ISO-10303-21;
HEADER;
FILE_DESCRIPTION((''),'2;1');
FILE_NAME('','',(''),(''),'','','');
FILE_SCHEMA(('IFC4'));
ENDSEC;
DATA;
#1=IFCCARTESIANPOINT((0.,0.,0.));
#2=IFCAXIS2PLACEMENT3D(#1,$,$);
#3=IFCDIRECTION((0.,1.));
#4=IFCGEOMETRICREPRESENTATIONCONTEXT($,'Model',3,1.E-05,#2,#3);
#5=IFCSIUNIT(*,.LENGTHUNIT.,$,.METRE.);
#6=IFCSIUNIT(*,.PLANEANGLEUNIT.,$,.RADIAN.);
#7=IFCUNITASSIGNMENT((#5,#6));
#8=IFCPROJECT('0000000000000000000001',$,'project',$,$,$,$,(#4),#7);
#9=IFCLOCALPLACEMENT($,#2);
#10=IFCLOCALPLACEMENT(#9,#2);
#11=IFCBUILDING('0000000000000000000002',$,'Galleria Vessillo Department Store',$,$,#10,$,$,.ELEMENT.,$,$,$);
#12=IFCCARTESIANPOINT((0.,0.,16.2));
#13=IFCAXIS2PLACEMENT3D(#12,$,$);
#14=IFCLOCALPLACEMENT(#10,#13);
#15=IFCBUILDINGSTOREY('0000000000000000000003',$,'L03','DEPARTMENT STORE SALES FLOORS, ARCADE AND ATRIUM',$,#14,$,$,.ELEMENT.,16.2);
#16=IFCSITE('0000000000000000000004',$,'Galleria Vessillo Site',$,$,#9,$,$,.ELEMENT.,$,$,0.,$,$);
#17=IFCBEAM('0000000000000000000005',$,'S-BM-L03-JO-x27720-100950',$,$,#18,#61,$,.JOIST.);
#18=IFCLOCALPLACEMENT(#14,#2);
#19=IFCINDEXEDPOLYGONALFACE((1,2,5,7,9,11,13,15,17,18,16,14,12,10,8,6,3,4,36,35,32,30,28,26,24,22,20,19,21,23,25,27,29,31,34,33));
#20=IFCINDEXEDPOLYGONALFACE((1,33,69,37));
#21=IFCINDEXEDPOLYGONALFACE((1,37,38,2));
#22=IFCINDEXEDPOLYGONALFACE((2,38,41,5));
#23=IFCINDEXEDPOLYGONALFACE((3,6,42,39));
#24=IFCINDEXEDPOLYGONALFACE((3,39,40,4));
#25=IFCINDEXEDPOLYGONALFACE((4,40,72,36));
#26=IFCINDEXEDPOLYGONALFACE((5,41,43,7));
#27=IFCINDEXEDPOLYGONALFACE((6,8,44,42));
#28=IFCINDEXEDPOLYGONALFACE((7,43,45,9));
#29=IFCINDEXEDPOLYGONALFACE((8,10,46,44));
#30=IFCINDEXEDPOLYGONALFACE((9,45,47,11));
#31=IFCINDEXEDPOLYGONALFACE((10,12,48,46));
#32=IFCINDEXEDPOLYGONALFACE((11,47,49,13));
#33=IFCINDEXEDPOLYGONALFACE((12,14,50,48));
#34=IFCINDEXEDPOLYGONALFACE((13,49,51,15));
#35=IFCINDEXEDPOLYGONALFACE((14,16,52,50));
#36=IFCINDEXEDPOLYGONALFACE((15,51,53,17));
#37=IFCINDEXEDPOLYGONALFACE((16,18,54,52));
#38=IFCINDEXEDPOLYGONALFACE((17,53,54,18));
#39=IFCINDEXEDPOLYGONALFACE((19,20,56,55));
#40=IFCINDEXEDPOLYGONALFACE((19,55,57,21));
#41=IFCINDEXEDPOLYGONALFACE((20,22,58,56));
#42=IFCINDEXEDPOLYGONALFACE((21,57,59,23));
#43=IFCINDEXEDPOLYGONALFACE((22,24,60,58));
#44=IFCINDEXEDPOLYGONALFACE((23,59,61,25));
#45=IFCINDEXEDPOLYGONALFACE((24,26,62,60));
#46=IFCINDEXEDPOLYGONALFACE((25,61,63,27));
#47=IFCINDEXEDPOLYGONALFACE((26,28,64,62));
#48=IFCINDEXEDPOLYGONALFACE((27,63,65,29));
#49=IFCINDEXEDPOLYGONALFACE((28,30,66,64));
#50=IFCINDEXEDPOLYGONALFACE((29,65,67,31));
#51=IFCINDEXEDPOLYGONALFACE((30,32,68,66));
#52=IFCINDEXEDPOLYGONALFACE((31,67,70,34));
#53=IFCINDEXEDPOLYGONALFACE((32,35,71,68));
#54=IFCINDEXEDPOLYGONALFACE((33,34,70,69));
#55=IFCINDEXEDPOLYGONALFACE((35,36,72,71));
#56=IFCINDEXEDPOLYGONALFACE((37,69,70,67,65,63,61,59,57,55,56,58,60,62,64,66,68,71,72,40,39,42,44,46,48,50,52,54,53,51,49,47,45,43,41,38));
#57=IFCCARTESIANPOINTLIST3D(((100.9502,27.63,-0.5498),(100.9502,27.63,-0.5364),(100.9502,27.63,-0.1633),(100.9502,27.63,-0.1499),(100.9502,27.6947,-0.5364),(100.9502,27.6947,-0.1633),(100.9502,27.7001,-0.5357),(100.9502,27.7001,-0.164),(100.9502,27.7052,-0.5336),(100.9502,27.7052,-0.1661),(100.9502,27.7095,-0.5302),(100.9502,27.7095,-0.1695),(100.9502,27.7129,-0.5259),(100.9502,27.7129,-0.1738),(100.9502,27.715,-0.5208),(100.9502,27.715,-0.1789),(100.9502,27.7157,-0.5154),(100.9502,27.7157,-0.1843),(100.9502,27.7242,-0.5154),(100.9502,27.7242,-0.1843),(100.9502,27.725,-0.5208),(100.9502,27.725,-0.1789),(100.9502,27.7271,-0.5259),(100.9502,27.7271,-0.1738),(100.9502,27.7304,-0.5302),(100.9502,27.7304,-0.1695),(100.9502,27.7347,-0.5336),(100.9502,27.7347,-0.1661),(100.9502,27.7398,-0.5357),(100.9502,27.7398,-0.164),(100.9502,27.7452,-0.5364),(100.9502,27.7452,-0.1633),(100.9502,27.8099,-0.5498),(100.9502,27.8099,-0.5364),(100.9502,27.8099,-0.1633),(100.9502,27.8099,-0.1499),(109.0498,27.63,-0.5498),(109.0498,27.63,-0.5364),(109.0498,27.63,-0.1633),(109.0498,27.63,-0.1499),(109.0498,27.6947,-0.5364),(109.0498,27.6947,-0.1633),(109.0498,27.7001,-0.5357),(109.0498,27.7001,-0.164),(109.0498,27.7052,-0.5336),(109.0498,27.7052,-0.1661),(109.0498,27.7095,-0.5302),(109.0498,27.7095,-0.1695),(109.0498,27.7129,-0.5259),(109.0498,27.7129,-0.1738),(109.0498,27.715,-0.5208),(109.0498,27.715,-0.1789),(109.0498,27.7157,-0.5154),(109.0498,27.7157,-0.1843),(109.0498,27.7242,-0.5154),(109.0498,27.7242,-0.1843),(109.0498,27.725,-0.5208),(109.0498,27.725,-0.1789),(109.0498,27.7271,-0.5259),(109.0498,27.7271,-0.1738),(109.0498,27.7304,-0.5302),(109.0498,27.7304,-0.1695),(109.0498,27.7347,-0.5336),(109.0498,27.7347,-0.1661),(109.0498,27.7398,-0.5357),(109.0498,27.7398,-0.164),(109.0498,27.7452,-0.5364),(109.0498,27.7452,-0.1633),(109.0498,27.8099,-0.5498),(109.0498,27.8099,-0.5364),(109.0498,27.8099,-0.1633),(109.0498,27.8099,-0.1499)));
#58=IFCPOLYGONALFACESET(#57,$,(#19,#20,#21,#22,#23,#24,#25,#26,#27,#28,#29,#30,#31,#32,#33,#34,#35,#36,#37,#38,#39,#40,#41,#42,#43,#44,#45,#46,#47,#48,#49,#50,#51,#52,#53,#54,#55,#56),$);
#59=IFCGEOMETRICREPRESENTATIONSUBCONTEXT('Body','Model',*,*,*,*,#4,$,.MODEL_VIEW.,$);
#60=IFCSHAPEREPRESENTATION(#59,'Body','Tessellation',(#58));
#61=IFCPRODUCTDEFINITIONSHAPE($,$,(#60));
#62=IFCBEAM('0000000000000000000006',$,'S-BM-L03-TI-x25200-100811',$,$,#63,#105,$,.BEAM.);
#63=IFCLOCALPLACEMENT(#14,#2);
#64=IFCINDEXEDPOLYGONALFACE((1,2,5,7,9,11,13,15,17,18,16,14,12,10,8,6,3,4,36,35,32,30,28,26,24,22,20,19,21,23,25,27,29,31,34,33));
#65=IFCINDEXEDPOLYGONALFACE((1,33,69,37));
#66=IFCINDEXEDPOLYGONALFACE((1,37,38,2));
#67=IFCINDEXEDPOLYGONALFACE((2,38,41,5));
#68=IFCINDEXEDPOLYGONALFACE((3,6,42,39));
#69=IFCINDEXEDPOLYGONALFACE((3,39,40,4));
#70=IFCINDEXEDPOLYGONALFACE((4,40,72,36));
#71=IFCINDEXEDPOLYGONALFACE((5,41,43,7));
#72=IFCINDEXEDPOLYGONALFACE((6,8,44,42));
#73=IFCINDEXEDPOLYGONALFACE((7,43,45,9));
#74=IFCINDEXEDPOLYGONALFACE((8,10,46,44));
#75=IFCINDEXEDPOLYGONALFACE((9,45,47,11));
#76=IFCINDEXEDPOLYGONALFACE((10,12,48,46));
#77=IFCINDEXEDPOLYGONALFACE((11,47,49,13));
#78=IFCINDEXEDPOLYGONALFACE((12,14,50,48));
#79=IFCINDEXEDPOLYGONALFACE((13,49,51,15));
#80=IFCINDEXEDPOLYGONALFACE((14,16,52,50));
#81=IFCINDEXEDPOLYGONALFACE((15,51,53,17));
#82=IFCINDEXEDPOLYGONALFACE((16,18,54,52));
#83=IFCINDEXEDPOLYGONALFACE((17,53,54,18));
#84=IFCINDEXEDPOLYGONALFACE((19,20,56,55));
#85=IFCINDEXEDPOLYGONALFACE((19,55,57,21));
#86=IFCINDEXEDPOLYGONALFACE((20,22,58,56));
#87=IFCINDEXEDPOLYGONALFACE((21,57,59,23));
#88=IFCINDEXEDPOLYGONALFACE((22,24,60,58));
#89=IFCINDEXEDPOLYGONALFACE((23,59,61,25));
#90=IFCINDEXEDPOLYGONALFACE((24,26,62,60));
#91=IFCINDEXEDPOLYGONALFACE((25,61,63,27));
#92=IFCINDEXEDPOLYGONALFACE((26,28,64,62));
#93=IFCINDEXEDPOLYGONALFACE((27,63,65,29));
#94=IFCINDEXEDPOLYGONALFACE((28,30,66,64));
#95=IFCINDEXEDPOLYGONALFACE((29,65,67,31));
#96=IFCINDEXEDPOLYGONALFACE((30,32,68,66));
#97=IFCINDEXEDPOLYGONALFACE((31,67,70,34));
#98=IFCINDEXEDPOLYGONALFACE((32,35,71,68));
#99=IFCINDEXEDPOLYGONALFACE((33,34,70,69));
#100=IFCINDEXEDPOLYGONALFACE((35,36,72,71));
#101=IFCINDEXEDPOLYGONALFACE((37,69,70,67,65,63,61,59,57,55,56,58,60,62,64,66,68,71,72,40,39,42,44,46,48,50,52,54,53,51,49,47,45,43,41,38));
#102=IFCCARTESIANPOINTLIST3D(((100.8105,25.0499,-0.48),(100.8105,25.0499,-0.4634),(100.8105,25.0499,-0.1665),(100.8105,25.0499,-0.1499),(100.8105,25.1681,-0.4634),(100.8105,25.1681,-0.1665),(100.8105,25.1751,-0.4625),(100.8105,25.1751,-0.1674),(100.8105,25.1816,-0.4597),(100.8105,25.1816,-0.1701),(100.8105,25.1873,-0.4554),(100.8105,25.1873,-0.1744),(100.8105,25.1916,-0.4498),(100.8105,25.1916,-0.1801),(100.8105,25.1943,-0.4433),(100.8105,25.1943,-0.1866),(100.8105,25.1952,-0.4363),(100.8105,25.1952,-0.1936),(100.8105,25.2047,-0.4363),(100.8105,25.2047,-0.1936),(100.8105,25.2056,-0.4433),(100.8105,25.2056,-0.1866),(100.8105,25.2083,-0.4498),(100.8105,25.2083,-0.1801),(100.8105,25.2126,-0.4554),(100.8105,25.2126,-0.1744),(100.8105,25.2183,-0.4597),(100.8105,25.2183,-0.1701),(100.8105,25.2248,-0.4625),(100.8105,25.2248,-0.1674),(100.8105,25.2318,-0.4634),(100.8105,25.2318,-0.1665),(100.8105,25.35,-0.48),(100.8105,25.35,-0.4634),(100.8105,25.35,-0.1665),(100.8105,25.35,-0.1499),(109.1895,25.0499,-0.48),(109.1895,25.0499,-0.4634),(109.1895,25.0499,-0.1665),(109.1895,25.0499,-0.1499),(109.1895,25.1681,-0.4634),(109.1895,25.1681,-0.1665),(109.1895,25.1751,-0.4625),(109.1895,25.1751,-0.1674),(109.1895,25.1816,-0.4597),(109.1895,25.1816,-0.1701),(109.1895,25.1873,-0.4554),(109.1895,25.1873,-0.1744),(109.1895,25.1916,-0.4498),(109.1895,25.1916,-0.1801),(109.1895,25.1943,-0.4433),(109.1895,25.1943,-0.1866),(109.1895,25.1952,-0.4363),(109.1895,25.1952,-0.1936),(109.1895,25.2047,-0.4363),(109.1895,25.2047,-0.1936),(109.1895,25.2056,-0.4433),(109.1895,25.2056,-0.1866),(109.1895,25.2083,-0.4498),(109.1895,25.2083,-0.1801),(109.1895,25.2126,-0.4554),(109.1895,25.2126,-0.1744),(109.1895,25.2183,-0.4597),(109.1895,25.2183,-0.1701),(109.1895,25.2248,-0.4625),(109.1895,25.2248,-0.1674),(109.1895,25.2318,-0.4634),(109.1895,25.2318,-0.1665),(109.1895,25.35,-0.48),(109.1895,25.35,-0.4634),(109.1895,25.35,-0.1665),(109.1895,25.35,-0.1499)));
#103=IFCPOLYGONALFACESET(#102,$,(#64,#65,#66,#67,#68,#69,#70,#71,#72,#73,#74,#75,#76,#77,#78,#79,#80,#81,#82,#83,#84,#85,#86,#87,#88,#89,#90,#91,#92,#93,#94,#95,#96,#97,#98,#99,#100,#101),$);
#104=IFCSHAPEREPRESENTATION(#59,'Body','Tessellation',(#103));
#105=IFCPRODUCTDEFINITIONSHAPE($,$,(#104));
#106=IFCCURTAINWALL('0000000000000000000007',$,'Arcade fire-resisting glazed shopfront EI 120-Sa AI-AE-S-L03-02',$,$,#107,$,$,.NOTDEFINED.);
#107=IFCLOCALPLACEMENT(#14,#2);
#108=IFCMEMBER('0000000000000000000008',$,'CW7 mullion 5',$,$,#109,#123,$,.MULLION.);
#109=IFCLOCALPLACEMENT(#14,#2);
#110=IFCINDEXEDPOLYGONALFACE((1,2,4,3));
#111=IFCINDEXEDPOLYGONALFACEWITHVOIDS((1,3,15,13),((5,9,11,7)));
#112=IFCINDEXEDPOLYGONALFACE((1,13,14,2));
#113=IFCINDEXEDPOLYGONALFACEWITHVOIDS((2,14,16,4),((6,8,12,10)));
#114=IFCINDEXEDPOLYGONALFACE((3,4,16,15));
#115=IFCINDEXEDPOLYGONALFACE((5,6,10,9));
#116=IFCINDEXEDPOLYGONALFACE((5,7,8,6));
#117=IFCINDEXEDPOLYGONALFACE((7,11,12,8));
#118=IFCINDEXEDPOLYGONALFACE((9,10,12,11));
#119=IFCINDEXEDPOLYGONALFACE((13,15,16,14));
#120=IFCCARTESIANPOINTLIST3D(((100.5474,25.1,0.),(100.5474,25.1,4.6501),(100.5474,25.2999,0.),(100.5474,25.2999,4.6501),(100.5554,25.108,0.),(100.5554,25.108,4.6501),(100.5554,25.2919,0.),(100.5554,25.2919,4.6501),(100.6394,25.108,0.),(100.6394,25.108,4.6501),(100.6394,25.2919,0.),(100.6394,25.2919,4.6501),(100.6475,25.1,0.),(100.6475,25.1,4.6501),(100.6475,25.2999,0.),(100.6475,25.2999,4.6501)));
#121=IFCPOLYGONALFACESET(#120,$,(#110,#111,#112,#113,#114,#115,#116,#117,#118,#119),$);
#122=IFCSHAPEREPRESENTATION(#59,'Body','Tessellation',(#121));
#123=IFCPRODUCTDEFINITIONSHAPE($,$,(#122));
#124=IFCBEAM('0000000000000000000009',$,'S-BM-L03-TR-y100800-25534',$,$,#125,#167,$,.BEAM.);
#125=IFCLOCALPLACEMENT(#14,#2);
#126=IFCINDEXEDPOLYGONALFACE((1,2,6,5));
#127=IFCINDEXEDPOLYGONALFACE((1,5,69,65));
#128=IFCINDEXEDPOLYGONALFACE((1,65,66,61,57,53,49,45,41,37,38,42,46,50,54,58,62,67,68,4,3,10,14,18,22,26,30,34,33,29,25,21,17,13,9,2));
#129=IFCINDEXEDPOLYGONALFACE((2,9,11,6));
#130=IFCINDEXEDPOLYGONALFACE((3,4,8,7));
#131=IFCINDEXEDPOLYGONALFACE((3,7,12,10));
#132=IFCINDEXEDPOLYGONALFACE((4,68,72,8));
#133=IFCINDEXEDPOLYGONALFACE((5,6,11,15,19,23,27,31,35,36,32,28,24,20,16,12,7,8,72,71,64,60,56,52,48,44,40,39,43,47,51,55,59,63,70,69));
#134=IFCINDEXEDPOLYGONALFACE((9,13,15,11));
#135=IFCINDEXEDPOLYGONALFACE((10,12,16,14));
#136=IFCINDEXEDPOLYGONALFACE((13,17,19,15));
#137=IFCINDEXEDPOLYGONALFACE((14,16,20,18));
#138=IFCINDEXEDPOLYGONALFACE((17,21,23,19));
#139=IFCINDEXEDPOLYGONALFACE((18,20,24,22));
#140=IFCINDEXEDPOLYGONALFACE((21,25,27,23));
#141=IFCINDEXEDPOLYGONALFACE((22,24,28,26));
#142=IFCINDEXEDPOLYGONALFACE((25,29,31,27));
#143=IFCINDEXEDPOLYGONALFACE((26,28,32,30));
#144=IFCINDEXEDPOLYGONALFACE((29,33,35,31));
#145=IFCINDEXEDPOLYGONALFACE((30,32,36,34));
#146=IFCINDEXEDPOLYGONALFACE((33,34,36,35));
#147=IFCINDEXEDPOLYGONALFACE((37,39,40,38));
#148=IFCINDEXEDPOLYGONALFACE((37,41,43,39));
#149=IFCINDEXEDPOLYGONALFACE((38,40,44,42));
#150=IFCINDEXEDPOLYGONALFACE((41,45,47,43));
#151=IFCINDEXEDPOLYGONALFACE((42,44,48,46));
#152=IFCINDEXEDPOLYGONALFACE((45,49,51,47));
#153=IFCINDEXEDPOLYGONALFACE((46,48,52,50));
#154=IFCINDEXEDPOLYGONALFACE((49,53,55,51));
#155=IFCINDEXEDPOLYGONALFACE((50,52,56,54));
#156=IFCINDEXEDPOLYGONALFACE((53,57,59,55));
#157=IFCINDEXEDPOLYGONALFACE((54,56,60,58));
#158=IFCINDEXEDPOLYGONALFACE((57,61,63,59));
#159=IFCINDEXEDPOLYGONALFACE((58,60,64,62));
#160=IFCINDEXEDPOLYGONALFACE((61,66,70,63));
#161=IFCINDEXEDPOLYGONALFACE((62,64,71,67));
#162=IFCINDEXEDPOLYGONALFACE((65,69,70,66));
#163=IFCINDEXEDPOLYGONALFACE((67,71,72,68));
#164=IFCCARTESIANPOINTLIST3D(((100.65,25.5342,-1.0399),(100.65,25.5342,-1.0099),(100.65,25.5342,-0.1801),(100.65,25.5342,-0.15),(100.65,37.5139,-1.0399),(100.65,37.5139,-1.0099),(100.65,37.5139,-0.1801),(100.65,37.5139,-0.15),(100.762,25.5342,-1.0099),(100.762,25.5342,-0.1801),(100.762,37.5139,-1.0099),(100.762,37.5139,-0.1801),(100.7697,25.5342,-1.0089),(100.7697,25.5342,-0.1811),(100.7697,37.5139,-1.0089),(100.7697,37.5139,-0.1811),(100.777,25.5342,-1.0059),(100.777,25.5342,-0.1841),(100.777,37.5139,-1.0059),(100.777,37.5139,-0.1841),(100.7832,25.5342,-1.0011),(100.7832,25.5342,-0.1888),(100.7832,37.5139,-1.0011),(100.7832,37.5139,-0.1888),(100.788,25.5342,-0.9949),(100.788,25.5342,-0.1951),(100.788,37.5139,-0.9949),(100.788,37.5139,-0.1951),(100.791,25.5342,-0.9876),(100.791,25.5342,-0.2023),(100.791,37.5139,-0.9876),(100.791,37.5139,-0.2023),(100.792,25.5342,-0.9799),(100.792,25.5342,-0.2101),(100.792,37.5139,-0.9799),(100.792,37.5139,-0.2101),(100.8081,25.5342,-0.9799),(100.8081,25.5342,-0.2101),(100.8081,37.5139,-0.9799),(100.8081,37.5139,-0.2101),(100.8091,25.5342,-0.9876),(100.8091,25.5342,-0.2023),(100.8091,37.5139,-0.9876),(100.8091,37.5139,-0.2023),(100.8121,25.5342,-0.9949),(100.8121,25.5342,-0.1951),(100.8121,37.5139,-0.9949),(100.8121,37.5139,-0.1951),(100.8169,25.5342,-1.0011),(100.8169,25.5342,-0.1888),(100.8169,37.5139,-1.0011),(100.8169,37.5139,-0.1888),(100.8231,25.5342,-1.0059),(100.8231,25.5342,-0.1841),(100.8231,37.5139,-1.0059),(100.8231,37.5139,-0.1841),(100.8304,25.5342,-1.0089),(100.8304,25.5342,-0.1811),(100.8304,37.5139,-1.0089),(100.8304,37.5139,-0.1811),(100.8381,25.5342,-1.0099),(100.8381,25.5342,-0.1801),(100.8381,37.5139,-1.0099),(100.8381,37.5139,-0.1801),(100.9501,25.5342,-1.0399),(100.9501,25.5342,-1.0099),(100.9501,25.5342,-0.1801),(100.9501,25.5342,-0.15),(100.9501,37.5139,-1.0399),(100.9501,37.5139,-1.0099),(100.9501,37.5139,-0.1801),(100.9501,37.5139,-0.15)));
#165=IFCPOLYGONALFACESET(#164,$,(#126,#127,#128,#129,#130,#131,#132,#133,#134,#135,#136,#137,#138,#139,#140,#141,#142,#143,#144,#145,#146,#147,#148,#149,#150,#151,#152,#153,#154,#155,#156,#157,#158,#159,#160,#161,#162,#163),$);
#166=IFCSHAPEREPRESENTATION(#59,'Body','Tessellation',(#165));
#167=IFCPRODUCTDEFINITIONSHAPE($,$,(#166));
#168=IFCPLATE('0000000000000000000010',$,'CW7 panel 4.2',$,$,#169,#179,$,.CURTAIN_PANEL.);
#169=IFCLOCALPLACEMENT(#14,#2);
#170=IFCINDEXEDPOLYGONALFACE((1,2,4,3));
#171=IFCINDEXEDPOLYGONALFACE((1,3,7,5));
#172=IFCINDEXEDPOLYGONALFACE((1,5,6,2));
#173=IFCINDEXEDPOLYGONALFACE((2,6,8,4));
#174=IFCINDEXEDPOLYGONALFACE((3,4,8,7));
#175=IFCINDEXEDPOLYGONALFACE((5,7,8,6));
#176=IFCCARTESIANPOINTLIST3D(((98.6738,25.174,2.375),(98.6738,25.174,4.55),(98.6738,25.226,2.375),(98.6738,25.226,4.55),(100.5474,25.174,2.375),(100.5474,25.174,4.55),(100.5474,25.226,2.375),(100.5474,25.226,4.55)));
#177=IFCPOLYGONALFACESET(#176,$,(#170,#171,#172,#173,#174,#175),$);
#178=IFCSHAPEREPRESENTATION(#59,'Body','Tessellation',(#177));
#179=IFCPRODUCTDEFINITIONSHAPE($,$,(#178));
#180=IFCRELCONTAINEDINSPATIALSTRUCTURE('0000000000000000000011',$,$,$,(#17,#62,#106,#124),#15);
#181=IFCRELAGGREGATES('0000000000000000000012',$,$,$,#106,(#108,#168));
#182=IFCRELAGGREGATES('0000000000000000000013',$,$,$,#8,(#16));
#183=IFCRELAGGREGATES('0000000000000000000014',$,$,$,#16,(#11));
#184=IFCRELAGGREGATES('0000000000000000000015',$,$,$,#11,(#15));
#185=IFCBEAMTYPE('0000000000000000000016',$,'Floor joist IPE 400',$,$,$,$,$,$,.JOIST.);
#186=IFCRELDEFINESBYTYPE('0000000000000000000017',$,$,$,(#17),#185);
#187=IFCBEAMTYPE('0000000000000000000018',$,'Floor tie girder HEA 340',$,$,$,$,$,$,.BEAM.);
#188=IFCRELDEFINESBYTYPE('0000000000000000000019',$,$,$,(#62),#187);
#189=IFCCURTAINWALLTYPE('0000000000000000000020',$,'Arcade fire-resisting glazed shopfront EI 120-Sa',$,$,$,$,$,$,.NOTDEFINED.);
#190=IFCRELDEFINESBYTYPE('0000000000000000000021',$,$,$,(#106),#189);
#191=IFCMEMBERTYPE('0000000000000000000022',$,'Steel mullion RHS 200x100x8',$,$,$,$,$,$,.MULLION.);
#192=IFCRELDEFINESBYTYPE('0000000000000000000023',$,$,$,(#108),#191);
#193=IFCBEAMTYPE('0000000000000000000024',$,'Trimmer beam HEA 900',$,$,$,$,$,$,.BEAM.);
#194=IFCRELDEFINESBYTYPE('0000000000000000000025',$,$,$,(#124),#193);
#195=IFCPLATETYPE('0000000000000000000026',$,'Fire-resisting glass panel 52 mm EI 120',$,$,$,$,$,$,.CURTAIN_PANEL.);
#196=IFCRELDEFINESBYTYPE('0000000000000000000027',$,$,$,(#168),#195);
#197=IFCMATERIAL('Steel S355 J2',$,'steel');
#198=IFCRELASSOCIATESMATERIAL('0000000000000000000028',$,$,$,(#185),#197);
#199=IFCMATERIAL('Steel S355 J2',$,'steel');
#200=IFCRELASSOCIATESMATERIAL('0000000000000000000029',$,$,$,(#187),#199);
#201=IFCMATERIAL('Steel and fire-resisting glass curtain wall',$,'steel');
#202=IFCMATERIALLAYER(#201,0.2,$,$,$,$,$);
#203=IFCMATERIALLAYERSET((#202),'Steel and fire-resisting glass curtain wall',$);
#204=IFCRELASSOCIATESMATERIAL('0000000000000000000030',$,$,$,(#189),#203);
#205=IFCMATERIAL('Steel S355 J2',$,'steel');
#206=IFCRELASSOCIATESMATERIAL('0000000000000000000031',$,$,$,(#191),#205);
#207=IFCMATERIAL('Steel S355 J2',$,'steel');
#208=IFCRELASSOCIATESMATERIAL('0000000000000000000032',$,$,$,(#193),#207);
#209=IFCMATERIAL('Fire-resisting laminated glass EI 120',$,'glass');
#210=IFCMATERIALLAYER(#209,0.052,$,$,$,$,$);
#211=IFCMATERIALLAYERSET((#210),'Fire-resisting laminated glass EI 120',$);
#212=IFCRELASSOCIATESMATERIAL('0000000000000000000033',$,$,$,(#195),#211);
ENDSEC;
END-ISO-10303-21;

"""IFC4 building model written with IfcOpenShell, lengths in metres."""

from ifc_helpers import new_model, si_unit, direction, frame, origin, origin_2d, place, context, subcontext, project, spatial, rectangle, hollow_rectangle, i_section, extrude, material, layer, layer_set, material_profile, profile_set, type_object, element, aggregate, save


model = new_model("IFC4")

# Units and contexts
model_context = context("Model", 3, precision=1e-05, world=origin(), true_north=direction((0.0, 1.0)))
body_context = subcontext(model_context, "Body", "Model", "MODEL_VIEW")
ifc_project = project(units=[si_unit("LENGTHUNIT", "METRE"), si_unit("PLANEANGLEUNIT", "RADIAN")], contexts=[model_context])

# Site, building, storey
site_placement = place(None, origin())
site = spatial("IfcSite", under=ifc_project, at=site_placement, Name="Galleria Vessillo Site", CompositionType="ELEMENT", RefElevation=0.0)
building_placement = place(site_placement, origin())
building = spatial("IfcBuilding", under=site, at=building_placement, Name="Galleria Vessillo Department Store", CompositionType="ELEMENT")
storey_placement = place(building_placement, frame((0.0, 0.0, 16.2)))
storey = spatial("IfcBuildingStorey", under=building, at=storey_placement, Name="L03", Description="DEPARTMENT STORE SALES FLOORS, ARCADE AND ATRIUM", CompositionType="ELEMENT", Elevation=16.2)

# Beams
ifc_material_1 = material(Name="Steel S355 J2", Category="steel")
ifc_material_profile_1 = material_profile(ifc_material_1, i_section(OverallWidth=0.1799, OverallDepth=0.3999, WebThickness=0.0085, FlangeThickness=0.0134, FilletRadius=0.021, at=origin_2d()), Name="IPE 400")
ifc_profile_set_1 = profile_set([ifc_material_profile_1], Name="Steel S355 J2")
beam_type_1 = type_object("IfcBeamType", Name="Floor joist IPE 400", PredefinedType="JOIST", material=ifc_profile_set_1)
for number, where, z_axis, x_axis, name in (
    (1, (100.9502, 27.72, -0.3499), (1.0, 0.0, 0.0), (0.0, 1.0, 0.0), "S-BM-L03-JO-x27720-100950"),
):
    element("IfcBeam", number, at=place(storey_placement, frame(where, z_axis=z_axis, x_axis=x_axis)), inside=storey, type_object=beam_type_1, Name=name, PredefinedType="JOIST", context=body_context, shape_type="SweptSolid", body=[
        extrude(i_section(OverallWidth=0.1799, OverallDepth=0.3999, WebThickness=0.0085, FlangeThickness=0.0134, FilletRadius=0.021, at=origin_2d()), origin(), (0.0, 0.0, 1.0), 8.0996),
    ])
ifc_material_2 = material(Name="Steel S355 J2", Category="steel")
ifc_material_profile_2 = material_profile(ifc_material_2, i_section(OverallWidth=0.3, OverallDepth=0.3301, WebThickness=0.0095, FlangeThickness=0.0166, FilletRadius=0.0271, at=origin_2d()), Name="HEA 340")
ifc_profile_set_2 = profile_set([ifc_material_profile_2], Name="Steel S355 J2")
beam_type_2 = type_object("IfcBeamType", Name="Floor tie girder HEA 340", PredefinedType="BEAM", material=ifc_profile_set_2)
beam_1_placement = place(storey_placement, frame((100.8105, 25.2, -0.3149), z_axis=(1.0, 0.0, 0.0), x_axis=(0.0, 1.0, 0.0)))
element("IfcBeam", 2, at=beam_1_placement, inside=storey, type_object=beam_type_2, Name="S-BM-L03-TI-x25200-100811", PredefinedType="BEAM", context=body_context, shape_type="SweptSolid", body=[
    extrude(i_section(OverallWidth=0.3, OverallDepth=0.3301, WebThickness=0.0095, FlangeThickness=0.0166, FilletRadius=0.0271, at=origin_2d()), origin(), (0.0, 0.0, 1.0), 8.3789),
])

# Curtain wall, member
ifc_material_3 = material(Name="Steel and fire-resisting glass curtain wall", Category="steel")
ifc_layer_1 = layer(ifc_material_3, 0.2)
ifc_layer_set_1 = layer_set([ifc_layer_1], Name="Steel and fire-resisting glass curtain wall")
curtain_wall_type = type_object("IfcCurtainWallType", Name="Arcade fire-resisting glazed shopfront EI 120-Sa", PredefinedType="NOTDEFINED", material=ifc_layer_set_1)
curtain_wall_placement = place(storey_placement, origin())
curtain_wall = element("IfcCurtainWall", 3, at=curtain_wall_placement, inside=storey, type_object=curtain_wall_type, Name="Arcade fire-resisting glazed shopfront EI 120-Sa AI-AE-S-L03-02", PredefinedType="NOTDEFINED")
ifc_material_4 = material(Name="Steel S355 J2", Category="steel")
ifc_material_profile_3 = material_profile(ifc_material_4, hollow_rectangle(XDim=0.2, YDim=0.1001, WallThickness=0.0081, at=origin_2d()), Name="RHS 200x100x8")
ifc_profile_set_3 = profile_set([ifc_material_profile_3], Name="Steel S355 J2")
member_type = type_object("IfcMemberType", Name="Steel mullion RHS 200x100x8", PredefinedType="MULLION", material=ifc_profile_set_3)
member_placement = place(storey_placement, frame((100.5974, 25.2, 0.0), z_axis=(0.0, 0.0, 1.0), x_axis=(0.0, 1.0, 0.0)))
member = element("IfcMember", 4, at=member_placement, type_object=member_type, Name="CW7 mullion 5", PredefinedType="MULLION", context=body_context, shape_type="SweptSolid", body=[
    extrude(hollow_rectangle(XDim=0.2, YDim=0.1001, WallThickness=0.0081, at=origin_2d()), origin(), (0.0, 0.0, 1.0), 4.6501),
])

# Beam
ifc_material_5 = material(Name="Steel S355 J2", Category="steel")
ifc_material_profile_4 = material_profile(ifc_material_5, i_section(OverallWidth=0.3, OverallDepth=0.8899, WebThickness=0.0161, FlangeThickness=0.03, FilletRadius=0.03, at=origin_2d()), Name="HEA 900")
ifc_profile_set_4 = profile_set([ifc_material_profile_4], Name="Steel S355 J2")
beam_type_3 = type_object("IfcBeamType", Name="Trimmer beam HEA 900", PredefinedType="BEAM", material=ifc_profile_set_4)
beam_2_placement = place(storey_placement, frame((100.8, 25.5342, -0.595), z_axis=(0.0, 1.0, 0.0), x_axis=(-1.0, 0.0, 0.0)))
element("IfcBeam", 5, at=beam_2_placement, inside=storey, type_object=beam_type_3, Name="S-BM-L03-TR-y100800-25534", PredefinedType="BEAM", context=body_context, shape_type="SweptSolid", body=[
    extrude(i_section(OverallWidth=0.3, OverallDepth=0.8899, WebThickness=0.0161, FlangeThickness=0.03, FilletRadius=0.03, at=origin_2d()), origin(), (0.0, 0.0, 1.0), 11.9797),
])

# Plate
ifc_material_6 = material(Name="Fire-resisting laminated glass EI 120", Category="glass")
ifc_layer_2 = layer(ifc_material_6, 0.052)
ifc_layer_set_2 = layer_set([ifc_layer_2], Name="Fire-resisting laminated glass EI 120")
plate_type = type_object("IfcPlateType", Name="Fire-resisting glass panel 52 mm EI 120", PredefinedType="CURTAIN_PANEL", material=ifc_layer_set_2)
plate_placement = place(storey_placement, frame((99.6106, 25.2, 2.375), z_axis=(0.0, 0.0, 1.0), x_axis=(1.0, 0.0, 0.0)))
plate = element("IfcPlate", 6, at=plate_placement, type_object=plate_type, Name="CW7 panel 4.2", PredefinedType="CURTAIN_PANEL", context=body_context, shape_type="SweptSolid", body=[
    extrude(rectangle(XDim=1.8735, YDim=0.052, at=origin_2d()), origin(), (0.0, 0.0, 1.0), 2.175),
])
aggregate(curtain_wall, [member, plate])

save(model, "model.ifc")
